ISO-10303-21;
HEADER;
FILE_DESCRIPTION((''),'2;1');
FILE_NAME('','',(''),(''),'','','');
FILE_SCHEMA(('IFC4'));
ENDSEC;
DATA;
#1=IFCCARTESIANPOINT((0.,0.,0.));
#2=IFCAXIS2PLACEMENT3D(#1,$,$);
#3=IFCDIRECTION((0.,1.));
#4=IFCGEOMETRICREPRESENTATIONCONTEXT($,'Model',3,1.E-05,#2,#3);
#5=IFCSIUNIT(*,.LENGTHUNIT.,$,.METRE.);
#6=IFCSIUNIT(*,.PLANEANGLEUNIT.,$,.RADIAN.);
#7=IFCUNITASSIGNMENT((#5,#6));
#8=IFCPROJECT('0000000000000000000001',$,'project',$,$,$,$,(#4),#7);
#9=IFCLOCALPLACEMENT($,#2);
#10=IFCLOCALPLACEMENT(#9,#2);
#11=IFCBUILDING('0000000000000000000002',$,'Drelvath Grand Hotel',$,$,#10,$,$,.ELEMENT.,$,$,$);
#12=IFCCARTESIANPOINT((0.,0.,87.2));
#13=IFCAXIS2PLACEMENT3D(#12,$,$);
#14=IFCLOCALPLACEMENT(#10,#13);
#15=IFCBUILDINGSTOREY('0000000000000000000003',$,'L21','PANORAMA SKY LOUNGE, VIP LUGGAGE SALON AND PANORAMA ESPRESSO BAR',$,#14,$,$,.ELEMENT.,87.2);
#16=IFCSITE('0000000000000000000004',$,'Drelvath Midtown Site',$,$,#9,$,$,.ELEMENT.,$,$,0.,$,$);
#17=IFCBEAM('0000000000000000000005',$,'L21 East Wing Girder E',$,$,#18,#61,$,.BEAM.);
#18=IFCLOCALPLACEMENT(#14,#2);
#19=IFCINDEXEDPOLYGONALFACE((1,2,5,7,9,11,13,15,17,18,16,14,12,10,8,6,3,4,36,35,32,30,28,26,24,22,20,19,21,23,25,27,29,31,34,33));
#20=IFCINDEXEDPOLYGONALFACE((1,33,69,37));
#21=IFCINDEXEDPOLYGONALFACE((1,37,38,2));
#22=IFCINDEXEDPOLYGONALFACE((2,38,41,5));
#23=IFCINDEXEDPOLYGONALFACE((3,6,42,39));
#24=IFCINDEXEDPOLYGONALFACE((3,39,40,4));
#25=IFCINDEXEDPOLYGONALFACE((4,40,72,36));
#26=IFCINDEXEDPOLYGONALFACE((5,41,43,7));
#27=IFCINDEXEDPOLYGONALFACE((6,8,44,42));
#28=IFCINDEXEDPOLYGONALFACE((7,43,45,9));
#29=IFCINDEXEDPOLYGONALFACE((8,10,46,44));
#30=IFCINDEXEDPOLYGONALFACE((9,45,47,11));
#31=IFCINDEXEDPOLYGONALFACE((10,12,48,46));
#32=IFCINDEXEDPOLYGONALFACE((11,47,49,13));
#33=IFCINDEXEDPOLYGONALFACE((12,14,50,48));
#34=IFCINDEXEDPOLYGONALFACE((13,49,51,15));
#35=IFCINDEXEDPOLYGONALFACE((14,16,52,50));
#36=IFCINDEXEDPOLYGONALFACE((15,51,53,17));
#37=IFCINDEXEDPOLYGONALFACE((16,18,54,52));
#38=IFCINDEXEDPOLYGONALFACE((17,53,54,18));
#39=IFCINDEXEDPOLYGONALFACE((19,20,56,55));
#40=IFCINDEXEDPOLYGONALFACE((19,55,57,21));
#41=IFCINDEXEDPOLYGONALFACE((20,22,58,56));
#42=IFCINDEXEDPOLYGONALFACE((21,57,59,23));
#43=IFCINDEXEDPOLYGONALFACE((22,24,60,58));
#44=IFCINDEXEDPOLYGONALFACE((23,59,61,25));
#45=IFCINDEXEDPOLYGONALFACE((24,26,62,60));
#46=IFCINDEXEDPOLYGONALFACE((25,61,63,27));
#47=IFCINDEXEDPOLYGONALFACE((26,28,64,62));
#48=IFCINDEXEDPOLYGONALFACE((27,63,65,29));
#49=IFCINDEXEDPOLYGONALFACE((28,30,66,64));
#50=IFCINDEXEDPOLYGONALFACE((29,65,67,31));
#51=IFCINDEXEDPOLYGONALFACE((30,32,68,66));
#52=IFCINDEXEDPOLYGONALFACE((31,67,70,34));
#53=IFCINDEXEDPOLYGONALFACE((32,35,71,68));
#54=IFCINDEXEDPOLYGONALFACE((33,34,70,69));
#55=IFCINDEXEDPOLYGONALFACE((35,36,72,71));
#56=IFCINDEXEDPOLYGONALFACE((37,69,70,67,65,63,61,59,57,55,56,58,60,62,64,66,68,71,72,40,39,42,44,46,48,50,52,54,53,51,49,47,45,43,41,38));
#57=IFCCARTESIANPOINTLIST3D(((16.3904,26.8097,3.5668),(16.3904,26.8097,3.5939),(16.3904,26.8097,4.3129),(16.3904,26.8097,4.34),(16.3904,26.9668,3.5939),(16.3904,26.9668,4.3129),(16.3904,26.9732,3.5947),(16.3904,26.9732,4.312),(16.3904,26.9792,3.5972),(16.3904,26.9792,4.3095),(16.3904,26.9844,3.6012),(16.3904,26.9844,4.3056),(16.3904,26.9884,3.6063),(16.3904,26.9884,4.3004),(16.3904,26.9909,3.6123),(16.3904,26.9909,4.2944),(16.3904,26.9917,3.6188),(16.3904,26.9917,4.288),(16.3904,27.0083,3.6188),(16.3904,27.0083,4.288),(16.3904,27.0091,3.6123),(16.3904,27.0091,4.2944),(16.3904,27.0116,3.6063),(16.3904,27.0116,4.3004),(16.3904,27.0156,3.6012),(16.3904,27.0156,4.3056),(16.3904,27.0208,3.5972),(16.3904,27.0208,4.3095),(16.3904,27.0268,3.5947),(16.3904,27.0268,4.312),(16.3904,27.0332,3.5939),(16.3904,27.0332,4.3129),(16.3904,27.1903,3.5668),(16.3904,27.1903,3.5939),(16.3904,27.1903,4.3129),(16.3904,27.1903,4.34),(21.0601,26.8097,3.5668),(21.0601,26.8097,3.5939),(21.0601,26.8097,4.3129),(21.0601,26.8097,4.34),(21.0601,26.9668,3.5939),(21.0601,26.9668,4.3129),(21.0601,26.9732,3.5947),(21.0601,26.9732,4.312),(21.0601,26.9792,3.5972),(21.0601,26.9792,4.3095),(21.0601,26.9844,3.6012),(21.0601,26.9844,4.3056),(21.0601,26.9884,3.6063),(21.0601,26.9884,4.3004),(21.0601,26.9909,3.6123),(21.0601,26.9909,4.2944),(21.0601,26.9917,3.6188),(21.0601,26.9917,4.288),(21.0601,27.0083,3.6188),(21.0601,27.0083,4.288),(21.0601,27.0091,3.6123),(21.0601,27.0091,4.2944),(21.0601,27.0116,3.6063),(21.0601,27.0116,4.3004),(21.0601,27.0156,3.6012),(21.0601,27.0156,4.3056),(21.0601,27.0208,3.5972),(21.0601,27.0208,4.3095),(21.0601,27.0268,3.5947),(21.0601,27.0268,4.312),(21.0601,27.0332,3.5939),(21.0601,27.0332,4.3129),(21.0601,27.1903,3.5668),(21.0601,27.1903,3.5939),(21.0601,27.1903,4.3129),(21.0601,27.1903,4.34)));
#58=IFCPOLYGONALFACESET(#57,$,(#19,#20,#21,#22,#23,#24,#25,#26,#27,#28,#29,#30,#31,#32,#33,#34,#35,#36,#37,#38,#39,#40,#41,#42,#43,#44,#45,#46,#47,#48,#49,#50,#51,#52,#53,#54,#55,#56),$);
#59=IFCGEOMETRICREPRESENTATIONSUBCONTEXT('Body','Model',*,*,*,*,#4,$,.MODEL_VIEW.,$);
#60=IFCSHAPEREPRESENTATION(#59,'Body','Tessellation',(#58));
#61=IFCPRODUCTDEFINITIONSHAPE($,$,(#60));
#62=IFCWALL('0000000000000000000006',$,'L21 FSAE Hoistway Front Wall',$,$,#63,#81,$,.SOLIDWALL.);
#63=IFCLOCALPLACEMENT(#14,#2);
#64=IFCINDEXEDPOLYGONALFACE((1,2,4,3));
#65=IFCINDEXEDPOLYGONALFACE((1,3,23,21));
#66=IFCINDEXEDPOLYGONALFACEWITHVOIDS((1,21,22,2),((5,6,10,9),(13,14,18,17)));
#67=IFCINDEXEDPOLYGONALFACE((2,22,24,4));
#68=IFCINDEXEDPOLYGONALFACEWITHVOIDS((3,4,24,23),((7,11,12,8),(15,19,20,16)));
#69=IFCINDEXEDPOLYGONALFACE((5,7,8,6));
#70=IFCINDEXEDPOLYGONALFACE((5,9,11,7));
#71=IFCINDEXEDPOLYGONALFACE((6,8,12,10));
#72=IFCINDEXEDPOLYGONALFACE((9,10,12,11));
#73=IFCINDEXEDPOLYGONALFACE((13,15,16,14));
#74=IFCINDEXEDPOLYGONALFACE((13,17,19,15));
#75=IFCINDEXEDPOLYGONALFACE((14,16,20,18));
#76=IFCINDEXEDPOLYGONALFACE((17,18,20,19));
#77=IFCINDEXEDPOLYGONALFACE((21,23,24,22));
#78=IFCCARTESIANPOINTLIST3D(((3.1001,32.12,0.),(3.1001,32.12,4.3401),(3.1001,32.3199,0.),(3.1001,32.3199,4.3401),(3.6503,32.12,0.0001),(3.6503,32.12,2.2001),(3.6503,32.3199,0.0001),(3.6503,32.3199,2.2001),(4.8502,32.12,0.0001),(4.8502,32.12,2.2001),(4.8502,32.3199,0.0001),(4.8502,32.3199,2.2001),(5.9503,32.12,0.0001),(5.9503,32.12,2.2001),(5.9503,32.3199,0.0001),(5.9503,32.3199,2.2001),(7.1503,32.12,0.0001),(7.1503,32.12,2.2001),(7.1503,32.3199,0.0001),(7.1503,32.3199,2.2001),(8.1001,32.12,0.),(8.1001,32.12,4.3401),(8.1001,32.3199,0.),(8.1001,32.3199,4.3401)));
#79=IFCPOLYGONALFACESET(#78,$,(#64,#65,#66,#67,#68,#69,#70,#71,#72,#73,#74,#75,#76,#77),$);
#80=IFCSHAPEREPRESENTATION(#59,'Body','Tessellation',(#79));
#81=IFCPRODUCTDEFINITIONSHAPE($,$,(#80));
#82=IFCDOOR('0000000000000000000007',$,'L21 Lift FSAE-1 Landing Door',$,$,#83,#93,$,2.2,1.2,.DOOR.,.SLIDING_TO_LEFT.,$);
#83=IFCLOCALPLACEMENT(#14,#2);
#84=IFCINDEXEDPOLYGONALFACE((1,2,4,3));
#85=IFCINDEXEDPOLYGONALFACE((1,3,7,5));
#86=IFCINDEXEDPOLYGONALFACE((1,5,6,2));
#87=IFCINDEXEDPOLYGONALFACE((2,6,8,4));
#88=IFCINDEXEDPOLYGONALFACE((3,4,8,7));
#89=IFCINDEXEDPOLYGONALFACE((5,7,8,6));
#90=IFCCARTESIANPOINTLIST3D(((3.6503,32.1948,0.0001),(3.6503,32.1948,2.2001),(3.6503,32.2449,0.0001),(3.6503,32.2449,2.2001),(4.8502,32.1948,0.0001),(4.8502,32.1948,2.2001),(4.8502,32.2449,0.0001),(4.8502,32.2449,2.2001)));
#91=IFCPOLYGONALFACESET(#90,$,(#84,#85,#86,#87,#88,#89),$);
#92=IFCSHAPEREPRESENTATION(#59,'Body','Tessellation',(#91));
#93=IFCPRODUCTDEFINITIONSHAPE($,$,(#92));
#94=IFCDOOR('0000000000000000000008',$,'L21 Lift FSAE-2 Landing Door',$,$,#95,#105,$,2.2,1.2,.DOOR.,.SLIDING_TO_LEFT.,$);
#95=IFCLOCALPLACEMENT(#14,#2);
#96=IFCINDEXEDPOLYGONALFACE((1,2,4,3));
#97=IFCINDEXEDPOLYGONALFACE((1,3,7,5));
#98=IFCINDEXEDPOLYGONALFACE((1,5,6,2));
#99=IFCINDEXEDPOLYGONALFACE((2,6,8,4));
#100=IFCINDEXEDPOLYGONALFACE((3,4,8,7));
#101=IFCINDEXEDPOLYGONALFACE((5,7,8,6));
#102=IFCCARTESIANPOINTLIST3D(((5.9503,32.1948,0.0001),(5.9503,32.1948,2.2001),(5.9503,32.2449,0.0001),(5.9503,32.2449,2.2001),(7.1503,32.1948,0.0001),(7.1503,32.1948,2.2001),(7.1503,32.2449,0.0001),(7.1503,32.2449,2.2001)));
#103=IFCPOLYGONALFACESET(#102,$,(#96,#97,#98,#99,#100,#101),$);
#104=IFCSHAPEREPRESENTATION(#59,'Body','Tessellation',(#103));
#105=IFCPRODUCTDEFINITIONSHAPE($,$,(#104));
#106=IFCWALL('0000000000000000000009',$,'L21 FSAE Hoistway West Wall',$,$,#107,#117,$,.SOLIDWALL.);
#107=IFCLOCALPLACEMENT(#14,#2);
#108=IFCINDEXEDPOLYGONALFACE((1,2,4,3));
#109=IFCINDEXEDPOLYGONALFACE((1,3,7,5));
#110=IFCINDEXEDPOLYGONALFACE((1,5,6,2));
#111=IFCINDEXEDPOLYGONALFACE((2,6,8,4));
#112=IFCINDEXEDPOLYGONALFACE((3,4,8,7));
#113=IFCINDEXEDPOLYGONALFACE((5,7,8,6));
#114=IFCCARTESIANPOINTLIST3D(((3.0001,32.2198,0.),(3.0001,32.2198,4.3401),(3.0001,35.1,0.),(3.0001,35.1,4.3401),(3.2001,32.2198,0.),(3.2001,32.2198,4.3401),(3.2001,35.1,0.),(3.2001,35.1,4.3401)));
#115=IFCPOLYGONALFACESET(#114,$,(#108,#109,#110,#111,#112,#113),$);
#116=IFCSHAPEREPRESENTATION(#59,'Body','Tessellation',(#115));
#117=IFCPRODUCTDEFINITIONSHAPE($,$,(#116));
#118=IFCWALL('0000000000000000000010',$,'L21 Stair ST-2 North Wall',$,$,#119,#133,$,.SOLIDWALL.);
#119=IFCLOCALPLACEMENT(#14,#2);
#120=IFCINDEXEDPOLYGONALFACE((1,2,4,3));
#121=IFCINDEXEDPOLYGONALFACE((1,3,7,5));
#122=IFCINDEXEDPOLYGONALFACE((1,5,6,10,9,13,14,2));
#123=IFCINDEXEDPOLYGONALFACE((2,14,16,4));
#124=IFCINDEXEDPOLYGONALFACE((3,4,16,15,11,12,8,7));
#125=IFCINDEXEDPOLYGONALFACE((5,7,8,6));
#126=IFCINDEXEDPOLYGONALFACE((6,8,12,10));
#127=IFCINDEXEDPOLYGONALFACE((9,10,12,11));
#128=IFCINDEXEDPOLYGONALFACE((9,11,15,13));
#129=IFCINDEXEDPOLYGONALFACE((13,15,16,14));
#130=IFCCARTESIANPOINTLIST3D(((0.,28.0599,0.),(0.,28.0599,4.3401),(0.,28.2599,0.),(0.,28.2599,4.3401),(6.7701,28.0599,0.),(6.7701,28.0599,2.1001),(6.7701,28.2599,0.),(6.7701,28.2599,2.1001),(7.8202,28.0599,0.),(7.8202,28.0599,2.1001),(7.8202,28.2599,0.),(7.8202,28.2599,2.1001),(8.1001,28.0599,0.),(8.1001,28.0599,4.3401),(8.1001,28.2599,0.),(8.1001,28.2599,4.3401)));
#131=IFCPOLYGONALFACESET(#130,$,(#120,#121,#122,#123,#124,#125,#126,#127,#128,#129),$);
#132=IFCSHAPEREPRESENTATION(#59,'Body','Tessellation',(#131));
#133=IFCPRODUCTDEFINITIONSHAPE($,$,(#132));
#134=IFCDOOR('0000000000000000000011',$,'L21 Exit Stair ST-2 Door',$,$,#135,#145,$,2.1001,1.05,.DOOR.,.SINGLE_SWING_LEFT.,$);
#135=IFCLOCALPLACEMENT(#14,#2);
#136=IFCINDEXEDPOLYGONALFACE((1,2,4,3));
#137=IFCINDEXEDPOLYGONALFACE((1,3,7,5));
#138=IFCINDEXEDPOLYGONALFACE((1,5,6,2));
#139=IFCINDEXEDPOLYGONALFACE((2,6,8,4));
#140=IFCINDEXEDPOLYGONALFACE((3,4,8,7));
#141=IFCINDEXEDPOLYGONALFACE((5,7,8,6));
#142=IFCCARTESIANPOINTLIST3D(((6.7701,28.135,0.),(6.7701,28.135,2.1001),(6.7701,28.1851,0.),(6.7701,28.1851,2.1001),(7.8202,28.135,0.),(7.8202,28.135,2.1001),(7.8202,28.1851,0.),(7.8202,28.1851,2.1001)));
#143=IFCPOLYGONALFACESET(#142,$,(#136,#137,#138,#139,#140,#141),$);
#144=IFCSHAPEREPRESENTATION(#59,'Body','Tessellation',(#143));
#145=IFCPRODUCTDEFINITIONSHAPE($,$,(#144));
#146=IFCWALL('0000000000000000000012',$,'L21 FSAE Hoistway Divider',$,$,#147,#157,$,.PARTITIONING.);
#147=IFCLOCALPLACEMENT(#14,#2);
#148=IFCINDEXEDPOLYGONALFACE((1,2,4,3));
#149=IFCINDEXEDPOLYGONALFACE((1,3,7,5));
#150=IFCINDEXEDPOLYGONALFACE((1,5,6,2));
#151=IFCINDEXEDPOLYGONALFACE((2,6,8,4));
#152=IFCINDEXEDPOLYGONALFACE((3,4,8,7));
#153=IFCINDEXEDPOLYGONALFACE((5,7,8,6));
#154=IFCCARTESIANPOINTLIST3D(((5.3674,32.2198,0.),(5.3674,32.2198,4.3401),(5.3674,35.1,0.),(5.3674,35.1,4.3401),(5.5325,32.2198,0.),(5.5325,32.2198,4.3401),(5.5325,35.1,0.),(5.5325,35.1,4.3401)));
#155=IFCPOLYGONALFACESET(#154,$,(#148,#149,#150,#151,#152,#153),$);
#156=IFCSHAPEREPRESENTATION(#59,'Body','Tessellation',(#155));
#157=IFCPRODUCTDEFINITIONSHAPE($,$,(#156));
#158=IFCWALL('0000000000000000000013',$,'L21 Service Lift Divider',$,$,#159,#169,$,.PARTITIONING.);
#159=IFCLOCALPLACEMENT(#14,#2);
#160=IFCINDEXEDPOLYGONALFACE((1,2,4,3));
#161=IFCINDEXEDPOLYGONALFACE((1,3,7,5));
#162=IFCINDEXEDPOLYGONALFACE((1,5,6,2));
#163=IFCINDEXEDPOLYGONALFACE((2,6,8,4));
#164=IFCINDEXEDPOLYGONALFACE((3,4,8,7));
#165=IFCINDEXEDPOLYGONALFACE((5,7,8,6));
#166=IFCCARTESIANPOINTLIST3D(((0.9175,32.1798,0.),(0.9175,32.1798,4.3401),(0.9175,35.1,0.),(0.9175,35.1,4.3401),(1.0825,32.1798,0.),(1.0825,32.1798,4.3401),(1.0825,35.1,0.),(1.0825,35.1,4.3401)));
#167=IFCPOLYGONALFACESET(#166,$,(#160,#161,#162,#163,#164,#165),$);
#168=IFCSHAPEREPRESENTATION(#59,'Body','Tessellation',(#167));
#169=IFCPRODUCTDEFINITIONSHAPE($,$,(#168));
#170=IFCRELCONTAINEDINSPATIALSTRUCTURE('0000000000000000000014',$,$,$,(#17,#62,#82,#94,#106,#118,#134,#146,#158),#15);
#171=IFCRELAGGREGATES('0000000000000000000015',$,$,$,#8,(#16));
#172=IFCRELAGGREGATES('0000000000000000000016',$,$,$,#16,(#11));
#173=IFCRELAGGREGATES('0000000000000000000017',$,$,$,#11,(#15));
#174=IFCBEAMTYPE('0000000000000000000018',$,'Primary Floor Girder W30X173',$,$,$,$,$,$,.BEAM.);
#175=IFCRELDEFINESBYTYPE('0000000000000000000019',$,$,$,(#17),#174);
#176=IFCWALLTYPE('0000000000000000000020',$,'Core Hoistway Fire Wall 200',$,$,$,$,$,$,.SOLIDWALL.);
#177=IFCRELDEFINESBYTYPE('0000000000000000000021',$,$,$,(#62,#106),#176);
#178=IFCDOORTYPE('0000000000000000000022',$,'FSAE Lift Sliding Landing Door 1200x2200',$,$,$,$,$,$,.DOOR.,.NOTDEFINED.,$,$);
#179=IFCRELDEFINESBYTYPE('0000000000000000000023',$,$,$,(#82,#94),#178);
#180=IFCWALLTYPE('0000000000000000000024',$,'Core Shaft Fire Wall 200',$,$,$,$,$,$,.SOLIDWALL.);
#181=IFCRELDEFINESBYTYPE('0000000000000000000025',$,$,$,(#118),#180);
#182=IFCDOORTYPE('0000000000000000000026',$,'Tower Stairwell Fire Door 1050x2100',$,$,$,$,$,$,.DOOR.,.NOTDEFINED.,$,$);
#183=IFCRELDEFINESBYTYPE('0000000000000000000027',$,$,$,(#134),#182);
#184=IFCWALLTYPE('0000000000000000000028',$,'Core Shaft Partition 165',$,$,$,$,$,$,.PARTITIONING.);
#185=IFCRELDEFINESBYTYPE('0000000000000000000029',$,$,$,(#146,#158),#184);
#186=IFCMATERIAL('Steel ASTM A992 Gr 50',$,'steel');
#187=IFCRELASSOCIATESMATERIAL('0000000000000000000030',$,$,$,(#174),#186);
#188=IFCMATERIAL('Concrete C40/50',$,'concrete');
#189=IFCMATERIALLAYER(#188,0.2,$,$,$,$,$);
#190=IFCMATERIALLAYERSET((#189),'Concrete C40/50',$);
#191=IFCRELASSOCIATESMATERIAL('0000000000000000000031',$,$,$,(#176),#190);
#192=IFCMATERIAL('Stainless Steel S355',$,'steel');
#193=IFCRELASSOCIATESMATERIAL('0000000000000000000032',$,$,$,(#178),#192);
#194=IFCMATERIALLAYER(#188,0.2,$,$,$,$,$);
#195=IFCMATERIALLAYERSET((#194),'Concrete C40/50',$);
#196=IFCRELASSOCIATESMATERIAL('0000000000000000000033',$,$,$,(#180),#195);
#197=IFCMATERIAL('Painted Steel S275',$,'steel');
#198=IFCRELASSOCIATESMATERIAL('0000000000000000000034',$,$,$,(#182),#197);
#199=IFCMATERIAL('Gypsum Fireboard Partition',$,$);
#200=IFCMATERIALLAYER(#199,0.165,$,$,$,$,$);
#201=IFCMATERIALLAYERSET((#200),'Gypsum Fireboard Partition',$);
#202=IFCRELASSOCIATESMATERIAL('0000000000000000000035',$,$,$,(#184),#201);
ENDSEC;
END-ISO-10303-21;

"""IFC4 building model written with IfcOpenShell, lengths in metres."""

from ifc_helpers import new_model, si_unit, direction, frame, frame_2d, origin, origin_2d, place, context, subcontext, project, spatial, rectangle, i_section, extrude, material, layer, layer_set, material_profile, profile_set, type_object, element, fill, save


model = new_model("IFC4")

# Units and contexts
model_context = context("Model", 3, precision=1e-05, world=origin(), true_north=direction((0.0, 1.0)))
body_context = subcontext(model_context, "Body", "Model", "MODEL_VIEW")
ifc_project = project(units=[si_unit("LENGTHUNIT", "METRE"), si_unit("PLANEANGLEUNIT", "RADIAN")], contexts=[model_context])

# Site, building, storey
site_placement = place(None, origin())
site = spatial("IfcSite", under=ifc_project, at=site_placement, Name="Drelvath Midtown Site", CompositionType="ELEMENT", RefElevation=0.0)
building_placement = place(site_placement, origin())
building = spatial("IfcBuilding", under=site, at=building_placement, Name="Drelvath Grand Hotel", CompositionType="ELEMENT")
storey_placement = place(building_placement, frame((0.0, 0.0, 87.2)))
storey = spatial("IfcBuildingStorey", under=building, at=storey_placement, Name="L21", Description="PANORAMA SKY LOUNGE, VIP LUGGAGE SALON AND PANORAMA ESPRESSO BAR", CompositionType="ELEMENT", Elevation=87.2)

# Beam
ifc_material_1 = material(Name="Steel ASTM A992 Gr 50", Category="steel")
ifc_material_profile_1 = material_profile(ifc_material_1, i_section(OverallWidth=0.3806, OverallDepth=0.7732, WebThickness=0.0166, FlangeThickness=0.0271, FilletRadius=0.0249, at=origin_2d()), Name="W30X173")
ifc_profile_set_1 = profile_set([ifc_material_profile_1], Name="Steel ASTM A992 Gr 50")
beam_type_1 = type_object("IfcBeamType", Name="Primary Floor Girder W30X173", PredefinedType="BEAM", material=ifc_profile_set_1)
beam_1_placement = place(storey_placement, frame((16.3904, 27.0, 3.9534), z_axis=(1.0, 0.0, 0.0), x_axis=(0.0, 1.0, 0.0)))
element("IfcBeam", 1, at=beam_1_placement, inside=storey, type_object=beam_type_1, Name="L21 East Wing Girder E", PredefinedType="BEAM", context=body_context, shape_type="SweptSolid", body=[
    extrude(i_section(OverallWidth=0.3806, OverallDepth=0.7732, WebThickness=0.0166, FlangeThickness=0.0271, FilletRadius=0.0249, at=origin_2d()), origin(), (0.0, 0.0, 1.0), 4.6697),
])

# Wall, openings, doors
ifc_material_2 = material(Name="Concrete C40/50", Category="concrete")
ifc_layer_1 = layer(ifc_material_2, 0.2)
ifc_layer_set_1 = layer_set([ifc_layer_1], Name="Concrete C40/50")
wall_type_1 = type_object("IfcWallType", Name="Core Hoistway Fire Wall 200", PredefinedType="SOLIDWALL", material=ifc_layer_set_1)
wall_1_placement = place(storey_placement, frame((3.1001, 32.22, 0.0), z_axis=(0.0, 0.0, 1.0), x_axis=(1.0, 0.0, 0.0)))
wall_1 = element("IfcWall", 2, at=wall_1_placement, inside=storey, type_object=wall_type_1, Name="L21 FSAE Hoistway Front Wall", PredefinedType="SOLIDWALL", context=body_context, shape_type="SweptSolid", body=[
    extrude(rectangle(XDim=5.0, YDim=0.2, at=frame_2d((2.5, 0.0))), origin(), (0.0, 0.0, 1.0), 4.3401),
])
opening_1_placement = place(wall_1_placement, frame((0.55, 0.0, 0.0)))
opening_1 = element("IfcOpeningElement", 3, at=opening_1_placement, cuts=wall_1, PredefinedType="OPENING", context=body_context, shape_type="SweptSolid", body=[
    extrude(rectangle(XDim=1.2, YDim=2.2, at=frame_2d((0.6001, 1.1001))), frame((0.0, 0.1099, 0.0), z_axis=(0.0, -1.0, 0.0), x_axis=(1.0, 0.0, 0.0)), (0.0, 0.0, 1.0), 0.22),
])
opening_2_placement = place(wall_1_placement, frame((2.8501, 0.0, 0.0)))
opening_2 = element("IfcOpeningElement", 4, at=opening_2_placement, cuts=wall_1, PredefinedType="OPENING", context=body_context, shape_type="SweptSolid", body=[
    extrude(rectangle(XDim=1.2, YDim=2.2, at=frame_2d((0.6001, 1.1001))), frame((0.0, 0.1099, 0.0), z_axis=(0.0, -1.0, 0.0), x_axis=(1.0, 0.0, 0.0)), (0.0, 0.0, 1.0), 0.22),
])
ifc_material_3 = material(Name="Stainless Steel S355", Category="steel")
door_type_1 = type_object("IfcDoorType", Name="FSAE Lift Sliding Landing Door 1200x2200", OperationType="NOTDEFINED", PredefinedType="DOOR", material=ifc_material_3)
door_1_placement = place(opening_1_placement, origin())
door_1 = element("IfcDoor", 5, at=door_1_placement, inside=storey, type_object=door_type_1, Name="L21 Lift FSAE-1 Landing Door", OperationType="SLIDING_TO_LEFT", OverallHeight=2.2, OverallWidth=1.2, PredefinedType="DOOR", context=body_context, shape_type="SweptSolid", body=[
    extrude(rectangle(XDim=1.2, YDim=2.2, at=frame_2d((0.6001, 1.1001))), frame((0.0, 0.0249, 0.0), z_axis=(0.0, -1.0, 0.0), x_axis=(1.0, 0.0, 0.0)), (0.0, 0.0, 1.0), 0.05),
])
fill(opening_1, door_1)
door_2_placement = place(opening_2_placement, origin())
door_2 = element("IfcDoor", 6, at=door_2_placement, inside=storey, type_object=door_type_1, Name="L21 Lift FSAE-2 Landing Door", OperationType="SLIDING_TO_LEFT", OverallHeight=2.2, OverallWidth=1.2, PredefinedType="DOOR", context=body_context, shape_type="SweptSolid", body=[
    extrude(rectangle(XDim=1.2, YDim=2.2, at=frame_2d((0.6001, 1.1001))), frame((0.0, 0.0249, 0.0), z_axis=(0.0, -1.0, 0.0), x_axis=(1.0, 0.0, 0.0)), (0.0, 0.0, 1.0), 0.05),
])
fill(opening_2, door_2)

# Wall
wall_2_placement = place(storey_placement, frame((3.1001, 32.22, 0.0), z_axis=(0.0, 0.0, 1.0), x_axis=(0.0, 1.0, 0.0)))
element("IfcWall", 7, at=wall_2_placement, inside=storey, type_object=wall_type_1, Name="L21 FSAE Hoistway West Wall", PredefinedType="SOLIDWALL", context=body_context, shape_type="SweptSolid", body=[
    extrude(rectangle(XDim=2.8801, YDim=0.2, at=frame_2d((1.4399, 0.0))), origin(), (0.0, 0.0, 1.0), 4.3401),
])

# Wall, opening, door
ifc_layer_2 = layer(ifc_material_2, 0.2)
ifc_layer_set_2 = layer_set([ifc_layer_2], Name="Concrete C40/50")
wall_type_2 = type_object("IfcWallType", Name="Core Shaft Fire Wall 200", PredefinedType="SOLIDWALL", material=ifc_layer_set_2)
wall_3_placement = place(storey_placement, frame((8.1001, 28.1599, 0.0), z_axis=(0.0, 0.0, 1.0), x_axis=(-1.0, 0.0, 0.0)))
wall_3 = element("IfcWall", 8, at=wall_3_placement, inside=storey, type_object=wall_type_2, Name="L21 Stair ST-2 North Wall", PredefinedType="SOLIDWALL", context=body_context, shape_type="SweptSolid", body=[
    extrude(rectangle(XDim=8.1001, YDim=0.2, at=frame_2d((4.05, 0.0))), origin(), (0.0, 0.0, 1.0), 4.3401),
])
opening_3_placement = place(wall_3_placement, frame((0.28, 0.0, 0.0)))
opening_3 = element("IfcOpeningElement", 9, at=opening_3_placement, cuts=wall_3, PredefinedType="OPENING", context=body_context, shape_type="SweptSolid", body=[
    extrude(rectangle(XDim=1.05, YDim=2.1001, at=frame_2d((0.5249, 1.05))), frame((0.0, 0.1099, 0.0), z_axis=(0.0, -1.0, 0.0), x_axis=(1.0, 0.0, 0.0)), (0.0, 0.0, 1.0), 0.22),
])
ifc_material_4 = material(Name="Painted Steel S275", Category="steel")
door_type_2 = type_object("IfcDoorType", Name="Tower Stairwell Fire Door 1050x2100", OperationType="NOTDEFINED", PredefinedType="DOOR", material=ifc_material_4)
door_3_placement = place(opening_3_placement, origin())
door_3 = element("IfcDoor", 10, at=door_3_placement, inside=storey, type_object=door_type_2, Name="L21 Exit Stair ST-2 Door", OperationType="SINGLE_SWING_LEFT", OverallHeight=2.1001, OverallWidth=1.05, PredefinedType="DOOR", context=body_context, shape_type="SweptSolid", body=[
    extrude(rectangle(XDim=1.05, YDim=2.1001, at=frame_2d((0.5249, 1.05))), frame((0.0, 0.0249, 0.0), z_axis=(0.0, -1.0, 0.0), x_axis=(1.0, 0.0, 0.0)), (0.0, 0.0, 1.0), 0.05),
])
fill(opening_3, door_3)

# Walls
ifc_material_5 = material(Name="Gypsum Fireboard Partition")
ifc_layer_3 = layer(ifc_material_5, 0.165)
ifc_layer_set_3 = layer_set([ifc_layer_3], Name="Gypsum Fireboard Partition")
wall_type_3 = type_object("IfcWallType", Name="Core Shaft Partition 165", PredefinedType="PARTITIONING", material=ifc_layer_set_3)
wall_4_placement = place(storey_placement, frame((5.45, 32.22, 0.0), z_axis=(0.0, 0.0, 1.0), x_axis=(0.0, 1.0, 0.0)))
element("IfcWall", 11, at=wall_4_placement, inside=storey, type_object=wall_type_3, Name="L21 FSAE Hoistway Divider", PredefinedType="PARTITIONING", context=body_context, shape_type="SweptSolid", body=[
    extrude(rectangle(XDim=2.8801, YDim=0.165, at=frame_2d((1.4399, 0.0))), origin(), (0.0, 0.0, 1.0), 4.3401),
])
wall_5_placement = place(storey_placement, frame((1.0, 32.1799, 0.0), z_axis=(0.0, 0.0, 1.0), x_axis=(0.0, 1.0, 0.0)))
element("IfcWall", 12, at=wall_5_placement, inside=storey, type_object=wall_type_3, Name="L21 Service Lift Divider", PredefinedType="PARTITIONING", context=body_context, shape_type="SweptSolid", body=[
    extrude(rectangle(XDim=2.9202, YDim=0.165, at=frame_2d((1.46, 0.0))), origin(), (0.0, 0.0, 1.0), 4.3401),
])

save(model, "model.ifc")
